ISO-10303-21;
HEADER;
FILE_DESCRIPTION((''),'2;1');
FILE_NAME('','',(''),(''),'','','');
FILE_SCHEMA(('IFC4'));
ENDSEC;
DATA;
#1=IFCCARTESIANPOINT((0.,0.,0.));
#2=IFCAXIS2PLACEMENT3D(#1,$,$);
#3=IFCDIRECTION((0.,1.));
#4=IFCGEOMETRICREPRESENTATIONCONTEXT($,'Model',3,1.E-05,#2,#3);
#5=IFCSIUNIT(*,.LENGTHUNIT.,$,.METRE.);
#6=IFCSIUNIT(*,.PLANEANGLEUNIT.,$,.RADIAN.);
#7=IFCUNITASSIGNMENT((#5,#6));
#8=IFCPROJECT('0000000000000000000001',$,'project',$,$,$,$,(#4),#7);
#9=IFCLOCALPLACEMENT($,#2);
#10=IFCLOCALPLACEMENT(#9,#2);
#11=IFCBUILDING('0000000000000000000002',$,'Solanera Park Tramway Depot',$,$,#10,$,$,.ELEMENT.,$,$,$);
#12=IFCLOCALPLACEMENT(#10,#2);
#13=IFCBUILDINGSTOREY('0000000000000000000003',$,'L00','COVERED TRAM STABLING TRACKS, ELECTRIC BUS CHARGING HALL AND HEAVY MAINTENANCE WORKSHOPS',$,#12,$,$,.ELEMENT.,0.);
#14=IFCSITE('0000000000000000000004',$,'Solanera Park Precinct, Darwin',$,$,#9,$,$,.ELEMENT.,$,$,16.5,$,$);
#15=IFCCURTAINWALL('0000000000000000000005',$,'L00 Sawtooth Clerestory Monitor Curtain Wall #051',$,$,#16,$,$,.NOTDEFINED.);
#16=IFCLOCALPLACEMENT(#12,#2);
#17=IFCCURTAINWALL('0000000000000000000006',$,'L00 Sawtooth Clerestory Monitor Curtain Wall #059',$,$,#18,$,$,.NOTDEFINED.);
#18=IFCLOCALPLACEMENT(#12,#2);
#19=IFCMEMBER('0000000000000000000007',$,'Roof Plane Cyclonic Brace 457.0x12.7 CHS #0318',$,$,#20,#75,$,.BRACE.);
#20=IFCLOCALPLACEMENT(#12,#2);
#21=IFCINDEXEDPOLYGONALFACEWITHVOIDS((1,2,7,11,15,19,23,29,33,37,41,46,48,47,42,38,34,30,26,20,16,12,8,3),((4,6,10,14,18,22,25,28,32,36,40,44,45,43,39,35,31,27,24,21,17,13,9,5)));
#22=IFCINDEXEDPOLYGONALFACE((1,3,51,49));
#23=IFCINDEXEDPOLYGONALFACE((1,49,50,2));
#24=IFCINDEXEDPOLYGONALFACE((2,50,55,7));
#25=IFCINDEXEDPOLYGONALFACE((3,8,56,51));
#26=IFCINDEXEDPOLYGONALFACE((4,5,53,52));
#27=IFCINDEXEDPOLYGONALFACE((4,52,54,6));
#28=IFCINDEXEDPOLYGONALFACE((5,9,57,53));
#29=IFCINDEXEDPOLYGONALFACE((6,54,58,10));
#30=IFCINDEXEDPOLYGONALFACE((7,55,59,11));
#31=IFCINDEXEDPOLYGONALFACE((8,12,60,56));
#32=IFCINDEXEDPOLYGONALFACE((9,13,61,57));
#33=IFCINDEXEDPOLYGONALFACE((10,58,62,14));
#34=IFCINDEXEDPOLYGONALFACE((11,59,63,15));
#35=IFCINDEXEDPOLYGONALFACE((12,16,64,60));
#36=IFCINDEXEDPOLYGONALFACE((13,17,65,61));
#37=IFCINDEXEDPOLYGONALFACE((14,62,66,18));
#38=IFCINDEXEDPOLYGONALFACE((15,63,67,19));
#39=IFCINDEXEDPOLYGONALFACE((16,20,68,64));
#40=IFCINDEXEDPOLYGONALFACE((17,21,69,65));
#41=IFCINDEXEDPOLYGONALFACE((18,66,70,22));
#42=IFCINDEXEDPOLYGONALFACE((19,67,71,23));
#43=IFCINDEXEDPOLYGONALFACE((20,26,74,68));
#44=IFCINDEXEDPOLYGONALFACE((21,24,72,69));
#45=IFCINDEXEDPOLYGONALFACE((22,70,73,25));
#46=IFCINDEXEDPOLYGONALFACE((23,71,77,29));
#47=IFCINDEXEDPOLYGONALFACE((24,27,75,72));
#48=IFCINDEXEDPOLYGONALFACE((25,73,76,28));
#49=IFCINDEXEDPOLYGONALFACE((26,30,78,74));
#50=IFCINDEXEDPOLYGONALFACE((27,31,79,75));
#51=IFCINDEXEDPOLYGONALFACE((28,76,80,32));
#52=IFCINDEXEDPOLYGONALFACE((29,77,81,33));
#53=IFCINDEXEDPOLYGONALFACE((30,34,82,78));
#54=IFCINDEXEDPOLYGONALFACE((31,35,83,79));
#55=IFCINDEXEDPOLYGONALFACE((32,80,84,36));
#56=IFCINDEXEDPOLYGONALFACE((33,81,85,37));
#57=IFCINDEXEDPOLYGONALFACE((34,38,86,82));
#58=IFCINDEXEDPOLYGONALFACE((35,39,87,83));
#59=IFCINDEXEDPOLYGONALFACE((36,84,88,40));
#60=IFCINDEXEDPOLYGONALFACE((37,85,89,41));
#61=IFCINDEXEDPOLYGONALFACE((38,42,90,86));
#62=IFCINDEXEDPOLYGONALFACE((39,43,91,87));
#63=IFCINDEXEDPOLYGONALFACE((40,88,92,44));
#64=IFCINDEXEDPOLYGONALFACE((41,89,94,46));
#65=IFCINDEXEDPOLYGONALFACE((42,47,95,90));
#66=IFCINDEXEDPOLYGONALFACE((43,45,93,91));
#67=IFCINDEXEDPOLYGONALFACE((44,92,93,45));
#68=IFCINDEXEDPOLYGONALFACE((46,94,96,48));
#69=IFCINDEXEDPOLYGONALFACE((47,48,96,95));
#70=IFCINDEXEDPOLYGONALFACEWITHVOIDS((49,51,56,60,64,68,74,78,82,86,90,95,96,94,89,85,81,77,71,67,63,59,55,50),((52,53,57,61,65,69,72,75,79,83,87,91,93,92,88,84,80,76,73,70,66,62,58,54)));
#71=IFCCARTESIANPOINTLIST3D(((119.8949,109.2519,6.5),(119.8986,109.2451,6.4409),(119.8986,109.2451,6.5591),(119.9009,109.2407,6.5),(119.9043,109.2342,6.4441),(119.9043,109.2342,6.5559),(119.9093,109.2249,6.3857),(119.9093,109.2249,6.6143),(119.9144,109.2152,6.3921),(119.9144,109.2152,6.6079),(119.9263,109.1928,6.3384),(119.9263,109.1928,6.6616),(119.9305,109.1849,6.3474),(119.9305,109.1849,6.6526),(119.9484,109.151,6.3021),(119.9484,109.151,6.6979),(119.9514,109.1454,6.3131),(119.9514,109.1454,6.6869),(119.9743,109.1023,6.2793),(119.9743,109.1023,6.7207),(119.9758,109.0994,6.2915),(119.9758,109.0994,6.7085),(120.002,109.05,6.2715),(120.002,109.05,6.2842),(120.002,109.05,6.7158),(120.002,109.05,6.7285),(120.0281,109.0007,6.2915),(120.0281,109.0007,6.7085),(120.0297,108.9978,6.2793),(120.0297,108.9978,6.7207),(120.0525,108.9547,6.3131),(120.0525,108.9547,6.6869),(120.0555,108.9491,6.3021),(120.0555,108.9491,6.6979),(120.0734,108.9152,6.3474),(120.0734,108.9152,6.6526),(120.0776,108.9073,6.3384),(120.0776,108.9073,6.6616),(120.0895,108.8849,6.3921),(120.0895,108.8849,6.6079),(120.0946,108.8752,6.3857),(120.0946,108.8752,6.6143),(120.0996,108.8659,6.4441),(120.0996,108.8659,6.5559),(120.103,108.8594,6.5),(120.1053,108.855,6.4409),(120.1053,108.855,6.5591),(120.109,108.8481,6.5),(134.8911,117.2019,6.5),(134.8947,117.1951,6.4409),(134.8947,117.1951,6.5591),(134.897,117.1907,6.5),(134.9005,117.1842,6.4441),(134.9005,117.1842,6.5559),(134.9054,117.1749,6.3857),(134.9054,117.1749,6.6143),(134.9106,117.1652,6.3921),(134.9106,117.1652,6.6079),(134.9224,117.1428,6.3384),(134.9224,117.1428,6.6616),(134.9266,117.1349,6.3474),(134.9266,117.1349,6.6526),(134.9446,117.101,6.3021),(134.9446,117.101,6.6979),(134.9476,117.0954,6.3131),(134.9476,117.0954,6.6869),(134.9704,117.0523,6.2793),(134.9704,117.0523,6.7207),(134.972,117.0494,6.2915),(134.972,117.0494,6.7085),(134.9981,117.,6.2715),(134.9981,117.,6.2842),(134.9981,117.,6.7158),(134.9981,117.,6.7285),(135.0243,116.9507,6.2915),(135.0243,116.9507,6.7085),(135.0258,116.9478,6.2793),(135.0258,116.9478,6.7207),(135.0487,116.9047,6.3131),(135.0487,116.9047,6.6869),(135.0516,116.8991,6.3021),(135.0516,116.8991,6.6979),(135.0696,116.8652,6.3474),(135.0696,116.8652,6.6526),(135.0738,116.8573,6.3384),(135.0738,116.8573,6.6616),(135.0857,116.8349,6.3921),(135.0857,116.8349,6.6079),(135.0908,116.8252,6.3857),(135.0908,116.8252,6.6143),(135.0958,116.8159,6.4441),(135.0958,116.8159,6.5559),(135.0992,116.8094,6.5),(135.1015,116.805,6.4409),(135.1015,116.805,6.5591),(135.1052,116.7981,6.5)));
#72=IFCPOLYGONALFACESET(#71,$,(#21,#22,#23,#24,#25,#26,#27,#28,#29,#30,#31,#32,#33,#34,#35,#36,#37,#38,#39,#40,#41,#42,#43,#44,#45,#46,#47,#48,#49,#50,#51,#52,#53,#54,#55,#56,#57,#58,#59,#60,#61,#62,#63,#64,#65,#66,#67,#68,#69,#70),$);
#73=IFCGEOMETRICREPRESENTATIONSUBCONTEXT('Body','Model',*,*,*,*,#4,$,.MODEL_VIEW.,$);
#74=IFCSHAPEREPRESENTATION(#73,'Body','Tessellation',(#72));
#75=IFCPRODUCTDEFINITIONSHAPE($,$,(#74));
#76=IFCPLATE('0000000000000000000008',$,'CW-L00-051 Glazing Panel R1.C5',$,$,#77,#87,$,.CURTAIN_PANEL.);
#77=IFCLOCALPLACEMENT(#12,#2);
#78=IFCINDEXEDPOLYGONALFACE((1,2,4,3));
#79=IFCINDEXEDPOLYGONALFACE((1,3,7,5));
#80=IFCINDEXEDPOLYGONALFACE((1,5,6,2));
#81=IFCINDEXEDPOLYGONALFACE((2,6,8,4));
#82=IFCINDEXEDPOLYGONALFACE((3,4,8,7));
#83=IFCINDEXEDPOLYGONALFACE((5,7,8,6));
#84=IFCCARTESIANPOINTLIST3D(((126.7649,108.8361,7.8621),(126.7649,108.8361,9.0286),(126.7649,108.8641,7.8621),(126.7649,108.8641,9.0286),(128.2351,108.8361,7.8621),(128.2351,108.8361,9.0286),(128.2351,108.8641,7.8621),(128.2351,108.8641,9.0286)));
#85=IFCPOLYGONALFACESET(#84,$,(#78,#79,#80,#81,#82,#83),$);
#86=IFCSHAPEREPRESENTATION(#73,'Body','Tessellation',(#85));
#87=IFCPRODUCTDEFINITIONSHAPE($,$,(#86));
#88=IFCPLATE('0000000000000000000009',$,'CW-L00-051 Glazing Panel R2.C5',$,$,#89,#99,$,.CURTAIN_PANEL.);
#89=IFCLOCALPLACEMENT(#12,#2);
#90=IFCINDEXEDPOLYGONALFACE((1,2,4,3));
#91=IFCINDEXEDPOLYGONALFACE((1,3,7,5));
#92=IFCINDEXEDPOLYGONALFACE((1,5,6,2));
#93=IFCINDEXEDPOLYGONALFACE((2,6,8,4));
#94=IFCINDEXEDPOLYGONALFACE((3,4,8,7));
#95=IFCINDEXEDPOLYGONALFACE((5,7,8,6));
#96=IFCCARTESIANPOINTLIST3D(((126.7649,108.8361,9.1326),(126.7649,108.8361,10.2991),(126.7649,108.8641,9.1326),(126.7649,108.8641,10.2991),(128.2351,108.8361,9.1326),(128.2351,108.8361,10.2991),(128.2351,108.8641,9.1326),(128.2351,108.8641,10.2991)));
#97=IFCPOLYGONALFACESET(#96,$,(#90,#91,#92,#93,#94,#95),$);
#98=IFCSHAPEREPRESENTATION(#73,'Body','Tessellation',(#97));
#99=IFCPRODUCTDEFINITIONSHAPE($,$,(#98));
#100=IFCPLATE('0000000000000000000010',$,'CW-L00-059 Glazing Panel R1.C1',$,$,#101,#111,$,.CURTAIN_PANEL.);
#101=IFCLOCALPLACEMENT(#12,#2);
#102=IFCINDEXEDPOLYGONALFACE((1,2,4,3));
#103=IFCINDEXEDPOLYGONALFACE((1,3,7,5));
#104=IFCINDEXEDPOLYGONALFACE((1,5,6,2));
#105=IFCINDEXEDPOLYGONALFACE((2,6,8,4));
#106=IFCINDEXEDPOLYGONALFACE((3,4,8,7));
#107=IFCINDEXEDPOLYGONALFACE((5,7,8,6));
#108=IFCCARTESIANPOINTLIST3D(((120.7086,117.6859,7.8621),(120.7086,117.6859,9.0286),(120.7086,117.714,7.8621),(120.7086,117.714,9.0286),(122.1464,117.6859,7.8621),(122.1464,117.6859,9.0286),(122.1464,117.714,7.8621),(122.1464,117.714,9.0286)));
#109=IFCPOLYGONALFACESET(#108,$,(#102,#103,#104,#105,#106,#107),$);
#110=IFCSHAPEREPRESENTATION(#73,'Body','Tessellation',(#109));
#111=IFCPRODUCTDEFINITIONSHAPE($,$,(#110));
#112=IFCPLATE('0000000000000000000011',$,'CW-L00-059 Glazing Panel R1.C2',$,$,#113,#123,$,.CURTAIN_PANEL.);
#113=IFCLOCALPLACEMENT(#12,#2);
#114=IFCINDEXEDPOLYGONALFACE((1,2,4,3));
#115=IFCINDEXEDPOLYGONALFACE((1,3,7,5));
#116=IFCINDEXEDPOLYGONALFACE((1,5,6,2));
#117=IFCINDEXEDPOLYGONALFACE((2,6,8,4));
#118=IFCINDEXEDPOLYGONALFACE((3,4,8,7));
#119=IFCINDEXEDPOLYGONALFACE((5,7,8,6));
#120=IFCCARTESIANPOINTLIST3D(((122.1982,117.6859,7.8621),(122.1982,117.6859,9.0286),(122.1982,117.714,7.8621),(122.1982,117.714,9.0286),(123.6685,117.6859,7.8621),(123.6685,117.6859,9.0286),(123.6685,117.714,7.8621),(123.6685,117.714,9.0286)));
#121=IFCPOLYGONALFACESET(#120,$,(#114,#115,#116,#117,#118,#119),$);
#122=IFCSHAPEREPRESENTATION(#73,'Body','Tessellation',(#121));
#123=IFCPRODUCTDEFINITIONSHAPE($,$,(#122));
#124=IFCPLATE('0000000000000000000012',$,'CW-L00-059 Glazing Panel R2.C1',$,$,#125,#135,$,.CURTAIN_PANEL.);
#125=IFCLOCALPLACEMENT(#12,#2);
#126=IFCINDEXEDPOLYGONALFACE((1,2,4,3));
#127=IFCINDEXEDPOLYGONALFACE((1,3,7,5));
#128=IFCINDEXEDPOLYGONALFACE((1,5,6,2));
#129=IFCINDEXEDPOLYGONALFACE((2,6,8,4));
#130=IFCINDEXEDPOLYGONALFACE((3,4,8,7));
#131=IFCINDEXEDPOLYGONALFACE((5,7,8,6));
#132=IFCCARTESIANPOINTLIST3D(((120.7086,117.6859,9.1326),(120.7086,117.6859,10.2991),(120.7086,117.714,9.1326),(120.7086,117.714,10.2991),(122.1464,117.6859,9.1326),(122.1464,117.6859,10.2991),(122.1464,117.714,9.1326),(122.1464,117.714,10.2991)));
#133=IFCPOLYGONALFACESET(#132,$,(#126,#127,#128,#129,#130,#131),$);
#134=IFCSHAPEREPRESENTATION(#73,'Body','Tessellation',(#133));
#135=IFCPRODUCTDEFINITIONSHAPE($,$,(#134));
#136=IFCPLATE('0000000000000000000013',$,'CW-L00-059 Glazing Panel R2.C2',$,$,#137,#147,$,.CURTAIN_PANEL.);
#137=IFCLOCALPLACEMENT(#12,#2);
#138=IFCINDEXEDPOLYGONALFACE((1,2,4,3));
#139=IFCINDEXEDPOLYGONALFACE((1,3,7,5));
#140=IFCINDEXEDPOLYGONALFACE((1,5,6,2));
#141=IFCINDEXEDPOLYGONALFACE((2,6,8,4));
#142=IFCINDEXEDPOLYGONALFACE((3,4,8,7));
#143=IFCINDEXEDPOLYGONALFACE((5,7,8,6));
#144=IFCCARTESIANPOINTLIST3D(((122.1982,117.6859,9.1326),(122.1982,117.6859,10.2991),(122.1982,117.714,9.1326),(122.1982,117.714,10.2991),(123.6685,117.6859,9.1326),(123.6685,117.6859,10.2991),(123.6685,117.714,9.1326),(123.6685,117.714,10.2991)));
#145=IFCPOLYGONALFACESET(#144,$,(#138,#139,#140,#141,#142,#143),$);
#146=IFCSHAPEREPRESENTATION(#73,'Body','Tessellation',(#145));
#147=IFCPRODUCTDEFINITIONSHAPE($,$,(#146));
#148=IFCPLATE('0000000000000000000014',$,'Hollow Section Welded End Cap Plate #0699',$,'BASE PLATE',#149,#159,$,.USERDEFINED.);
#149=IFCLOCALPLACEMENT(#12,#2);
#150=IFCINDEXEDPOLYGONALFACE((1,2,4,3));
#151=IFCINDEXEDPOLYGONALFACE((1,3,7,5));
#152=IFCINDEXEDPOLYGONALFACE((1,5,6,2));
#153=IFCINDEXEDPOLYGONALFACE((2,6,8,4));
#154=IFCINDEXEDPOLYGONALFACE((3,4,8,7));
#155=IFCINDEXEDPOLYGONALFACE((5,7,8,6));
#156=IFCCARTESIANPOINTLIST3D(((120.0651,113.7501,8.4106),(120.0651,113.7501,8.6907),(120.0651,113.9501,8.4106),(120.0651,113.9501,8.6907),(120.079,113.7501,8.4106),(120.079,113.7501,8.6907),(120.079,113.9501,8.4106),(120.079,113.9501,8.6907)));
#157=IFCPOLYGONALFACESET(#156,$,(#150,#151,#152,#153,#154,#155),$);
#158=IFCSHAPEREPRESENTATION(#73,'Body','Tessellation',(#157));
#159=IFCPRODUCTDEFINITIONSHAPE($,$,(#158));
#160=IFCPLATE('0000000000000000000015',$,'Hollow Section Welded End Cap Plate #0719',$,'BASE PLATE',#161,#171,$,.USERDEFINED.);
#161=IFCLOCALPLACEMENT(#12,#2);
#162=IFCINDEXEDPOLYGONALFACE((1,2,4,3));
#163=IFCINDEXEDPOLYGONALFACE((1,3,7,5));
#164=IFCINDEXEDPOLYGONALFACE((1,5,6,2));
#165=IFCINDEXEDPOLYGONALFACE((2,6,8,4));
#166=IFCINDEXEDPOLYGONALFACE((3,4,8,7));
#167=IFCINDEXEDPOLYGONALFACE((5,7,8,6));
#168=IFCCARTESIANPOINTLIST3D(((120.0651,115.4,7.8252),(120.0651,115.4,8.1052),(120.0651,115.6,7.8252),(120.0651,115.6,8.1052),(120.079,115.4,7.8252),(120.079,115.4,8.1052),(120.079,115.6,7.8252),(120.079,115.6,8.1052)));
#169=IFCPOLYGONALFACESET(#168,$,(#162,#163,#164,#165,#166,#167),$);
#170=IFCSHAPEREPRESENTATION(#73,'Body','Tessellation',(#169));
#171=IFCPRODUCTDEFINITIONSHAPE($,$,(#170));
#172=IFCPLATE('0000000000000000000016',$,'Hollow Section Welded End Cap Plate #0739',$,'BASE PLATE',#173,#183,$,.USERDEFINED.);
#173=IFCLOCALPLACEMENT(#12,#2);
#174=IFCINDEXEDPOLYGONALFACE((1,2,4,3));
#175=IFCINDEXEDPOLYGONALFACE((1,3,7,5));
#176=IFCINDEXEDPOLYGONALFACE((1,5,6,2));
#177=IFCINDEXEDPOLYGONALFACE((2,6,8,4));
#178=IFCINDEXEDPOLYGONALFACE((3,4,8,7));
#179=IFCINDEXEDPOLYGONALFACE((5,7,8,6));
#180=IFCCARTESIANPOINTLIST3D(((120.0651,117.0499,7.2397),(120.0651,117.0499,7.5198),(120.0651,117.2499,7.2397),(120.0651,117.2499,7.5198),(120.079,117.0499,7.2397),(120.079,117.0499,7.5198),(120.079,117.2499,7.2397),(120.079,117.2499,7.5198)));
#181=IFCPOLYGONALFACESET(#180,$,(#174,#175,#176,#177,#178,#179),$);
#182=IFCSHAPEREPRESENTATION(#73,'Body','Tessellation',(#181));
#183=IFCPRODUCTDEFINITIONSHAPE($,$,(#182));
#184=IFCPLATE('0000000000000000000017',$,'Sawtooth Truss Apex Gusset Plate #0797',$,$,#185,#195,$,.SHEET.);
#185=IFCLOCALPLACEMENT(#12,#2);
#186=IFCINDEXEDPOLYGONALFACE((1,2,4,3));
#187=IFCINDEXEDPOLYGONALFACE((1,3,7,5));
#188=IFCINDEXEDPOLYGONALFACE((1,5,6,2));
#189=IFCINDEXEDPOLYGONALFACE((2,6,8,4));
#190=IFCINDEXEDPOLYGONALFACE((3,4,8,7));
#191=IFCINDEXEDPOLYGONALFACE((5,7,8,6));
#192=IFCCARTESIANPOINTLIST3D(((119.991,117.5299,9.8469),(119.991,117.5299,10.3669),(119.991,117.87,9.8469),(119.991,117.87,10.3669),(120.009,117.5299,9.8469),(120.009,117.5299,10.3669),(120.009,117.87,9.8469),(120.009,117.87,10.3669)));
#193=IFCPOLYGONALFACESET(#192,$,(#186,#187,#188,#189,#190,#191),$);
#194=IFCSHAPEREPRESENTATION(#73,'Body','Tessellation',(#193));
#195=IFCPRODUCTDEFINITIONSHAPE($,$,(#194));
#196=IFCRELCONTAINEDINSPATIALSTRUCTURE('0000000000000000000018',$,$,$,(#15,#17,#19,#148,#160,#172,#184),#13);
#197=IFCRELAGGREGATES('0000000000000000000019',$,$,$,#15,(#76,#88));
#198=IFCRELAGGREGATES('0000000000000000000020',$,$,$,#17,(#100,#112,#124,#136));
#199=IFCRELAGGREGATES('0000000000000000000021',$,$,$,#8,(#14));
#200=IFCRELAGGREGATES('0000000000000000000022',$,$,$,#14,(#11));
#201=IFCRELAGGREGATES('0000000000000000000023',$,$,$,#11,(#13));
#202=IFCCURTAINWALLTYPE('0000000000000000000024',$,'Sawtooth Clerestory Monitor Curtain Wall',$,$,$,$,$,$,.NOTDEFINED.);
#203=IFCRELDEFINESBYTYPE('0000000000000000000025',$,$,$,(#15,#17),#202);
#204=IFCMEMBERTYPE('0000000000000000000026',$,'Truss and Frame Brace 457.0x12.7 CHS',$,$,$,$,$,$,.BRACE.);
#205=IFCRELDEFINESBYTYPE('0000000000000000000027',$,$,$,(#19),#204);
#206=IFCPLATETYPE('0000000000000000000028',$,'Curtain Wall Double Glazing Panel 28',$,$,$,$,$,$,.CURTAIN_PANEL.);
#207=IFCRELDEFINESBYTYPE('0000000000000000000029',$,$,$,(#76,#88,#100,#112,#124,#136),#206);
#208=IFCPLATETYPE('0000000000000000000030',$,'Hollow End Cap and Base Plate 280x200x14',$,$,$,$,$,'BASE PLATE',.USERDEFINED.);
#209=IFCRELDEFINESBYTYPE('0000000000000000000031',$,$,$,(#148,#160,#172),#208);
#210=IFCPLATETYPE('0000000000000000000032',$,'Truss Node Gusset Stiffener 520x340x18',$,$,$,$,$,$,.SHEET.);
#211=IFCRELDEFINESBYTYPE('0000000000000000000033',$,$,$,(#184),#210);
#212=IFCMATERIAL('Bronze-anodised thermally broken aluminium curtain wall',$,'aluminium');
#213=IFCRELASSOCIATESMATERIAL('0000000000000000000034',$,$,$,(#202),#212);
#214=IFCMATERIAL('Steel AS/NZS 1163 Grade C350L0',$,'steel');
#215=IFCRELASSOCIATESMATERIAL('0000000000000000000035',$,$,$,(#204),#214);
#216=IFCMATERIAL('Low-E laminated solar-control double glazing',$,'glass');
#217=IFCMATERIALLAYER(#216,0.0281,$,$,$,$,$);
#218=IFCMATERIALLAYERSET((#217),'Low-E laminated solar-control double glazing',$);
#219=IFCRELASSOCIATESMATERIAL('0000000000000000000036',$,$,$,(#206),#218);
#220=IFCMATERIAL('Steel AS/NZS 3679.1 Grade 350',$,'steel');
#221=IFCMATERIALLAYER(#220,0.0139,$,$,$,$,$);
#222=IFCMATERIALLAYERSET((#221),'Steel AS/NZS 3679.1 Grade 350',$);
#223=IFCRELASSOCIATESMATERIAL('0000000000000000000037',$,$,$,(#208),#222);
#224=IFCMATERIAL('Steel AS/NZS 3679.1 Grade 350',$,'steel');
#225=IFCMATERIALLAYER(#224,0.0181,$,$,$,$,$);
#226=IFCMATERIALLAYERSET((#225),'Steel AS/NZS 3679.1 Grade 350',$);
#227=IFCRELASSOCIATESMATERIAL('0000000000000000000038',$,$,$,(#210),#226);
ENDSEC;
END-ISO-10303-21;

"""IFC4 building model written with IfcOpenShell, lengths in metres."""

from ifc_helpers import new_model, si_unit, direction, frame, origin, origin_2d, place, context, subcontext, project, spatial, rectangle, hollow_circle, extrude, material, layer, layer_set, material_profile, profile_set, type_object, element, aggregate, save


model = new_model("IFC4")

# Units and contexts
model_context = context("Model", 3, precision=1e-05, world=origin(), true_north=direction((0.0, 1.0)))
body_context = subcontext(model_context, "Body", "Model", "MODEL_VIEW")
ifc_project = project(units=[si_unit("LENGTHUNIT", "METRE"), si_unit("PLANEANGLEUNIT", "RADIAN")], contexts=[model_context])

# Site, building, storey
site_placement = place(None, origin())
site = spatial("IfcSite", under=ifc_project, at=site_placement, Name="Solanera Park Precinct, Darwin", CompositionType="ELEMENT", RefElevation=16.5)
building_placement = place(site_placement, origin())
building = spatial("IfcBuilding", under=site, at=building_placement, Name="Solanera Park Tramway Depot", CompositionType="ELEMENT")
storey_placement = place(building_placement, origin())
storey = spatial("IfcBuildingStorey", under=building, at=storey_placement, Name="L00", Description="COVERED TRAM STABLING TRACKS, ELECTRIC BUS CHARGING HALL AND HEAVY MAINTENANCE WORKSHOPS", CompositionType="ELEMENT", Elevation=0.0)

# Curtain wall
ifc_material_1 = material(Name="Bronze-anodised thermally broken aluminium curtain wall", Category="aluminium")
curtain_wall_type = type_object("IfcCurtainWallType", Name="Sawtooth Clerestory Monitor Curtain Wall", PredefinedType="NOTDEFINED", material=ifc_material_1)
curtain_wall_1_placement = place(storey_placement, origin())
curtain_wall_1 = element("IfcCurtainWall", 1, at=curtain_wall_1_placement, inside=storey, type_object=curtain_wall_type, Name="L00 Sawtooth Clerestory Monitor Curtain Wall #051", PredefinedType="NOTDEFINED")

# Curtain wall
curtain_wall_2_placement = place(storey_placement, origin())
curtain_wall_2 = element("IfcCurtainWall", 2, at=curtain_wall_2_placement, inside=storey, type_object=curtain_wall_type, Name="L00 Sawtooth Clerestory Monitor Curtain Wall #059", PredefinedType="NOTDEFINED")

# Member
ifc_material_2 = material(Name="Steel AS/NZS 1163 Grade C350L0", Category="steel")
ifc_material_profile_1 = material_profile(ifc_material_2, hollow_circle(Radius=0.2285, WallThickness=0.0127, at=origin_2d()), Name="457.0x12.7 CHS")
ifc_profile_set_1 = profile_set([ifc_material_profile_1], Name="Steel AS/NZS 1163 Grade C350L0")
member_type_1 = type_object("IfcMemberType", Name="Truss and Frame Brace 457.0x12.7 CHS", PredefinedType="BRACE", material=ifc_profile_set_1)
member_1_placement = place(storey_placement, frame((120.002, 109.05, 6.5), z_axis=(0.883524, 0.468387, 0.0), x_axis=(-0.468387, 0.883524, 0.0)))
element("IfcMember", 3, at=member_1_placement, inside=storey, type_object=member_type_1, Name="Roof Plane Cyclonic Brace 457.0x12.7 CHS #0318", PredefinedType="BRACE", context=body_context, shape_type="SweptSolid", body=[
    extrude(hollow_circle(Radius=0.2285, WallThickness=0.0127, at=origin_2d()), origin(), (0.0, 0.0, 1.0), 16.9731),
])

# Plates
ifc_material_3 = material(Name="Low-E laminated solar-control double glazing", Category="glass")
ifc_layer_1 = layer(ifc_material_3, 0.0281)
ifc_layer_set_1 = layer_set([ifc_layer_1], Name="Low-E laminated solar-control double glazing")
plate_type_1 = type_object("IfcPlateType", Name="Curtain Wall Double Glazing Panel 28", PredefinedType="CURTAIN_PANEL", material=ifc_layer_set_1)
plate_1_placement = place(storey_placement, frame((127.5, 108.8501, 7.8621), z_axis=(0.0, 0.0, 1.0), x_axis=(1.0, 0.0, 0.0)))
plate_1 = element("IfcPlate", 4, at=plate_1_placement, type_object=plate_type_1, Name="CW-L00-051 Glazing Panel R1.C5", PredefinedType="CURTAIN_PANEL", context=body_context, shape_type="SweptSolid", body=[
    extrude(rectangle(XDim=1.4702, YDim=0.0281, at=origin_2d()), origin(), (0.0, 0.0, 1.0), 1.1665),
])
plate_2_placement = place(storey_placement, frame((127.5, 108.8501, 9.1326), z_axis=(0.0, 0.0, 1.0), x_axis=(1.0, 0.0, 0.0)))
plate_2 = element("IfcPlate", 5, at=plate_2_placement, type_object=plate_type_1, Name="CW-L00-051 Glazing Panel R2.C5", PredefinedType="CURTAIN_PANEL", context=body_context, shape_type="SweptSolid", body=[
    extrude(rectangle(XDim=1.4702, YDim=0.0281, at=origin_2d()), origin(), (0.0, 0.0, 1.0), 1.1665),
])
aggregate(curtain_wall_1, [plate_1, plate_2])
plate_3_placement = place(storey_placement, frame((121.4275, 117.7, 7.8621), z_axis=(0.0, 0.0, 1.0), x_axis=(1.0, 0.0, 0.0)))
plate_3 = element("IfcPlate", 6, at=plate_3_placement, type_object=plate_type_1, Name="CW-L00-059 Glazing Panel R1.C1", PredefinedType="CURTAIN_PANEL", context=body_context, shape_type="SweptSolid", body=[
    extrude(rectangle(XDim=1.4377, YDim=0.0281, at=origin_2d()), origin(), (0.0, 0.0, 1.0), 1.1665),
])
plate_4_placement = place(storey_placement, frame((122.9333, 117.7, 7.8621), z_axis=(0.0, 0.0, 1.0), x_axis=(1.0, 0.0, 0.0)))
plate_4 = element("IfcPlate", 7, at=plate_4_placement, type_object=plate_type_1, Name="CW-L00-059 Glazing Panel R1.C2", PredefinedType="CURTAIN_PANEL", context=body_context, shape_type="SweptSolid", body=[
    extrude(rectangle(XDim=1.4702, YDim=0.0281, at=origin_2d()), origin(), (0.0, 0.0, 1.0), 1.1665),
])
plate_5_placement = place(storey_placement, frame((121.4275, 117.7, 9.1326), z_axis=(0.0, 0.0, 1.0), x_axis=(1.0, 0.0, 0.0)))
plate_5 = element("IfcPlate", 8, at=plate_5_placement, type_object=plate_type_1, Name="CW-L00-059 Glazing Panel R2.C1", PredefinedType="CURTAIN_PANEL", context=body_context, shape_type="SweptSolid", body=[
    extrude(rectangle(XDim=1.4377, YDim=0.0281, at=origin_2d()), origin(), (0.0, 0.0, 1.0), 1.1665),
])
plate_6_placement = place(storey_placement, frame((122.9333, 117.7, 9.1326), z_axis=(0.0, 0.0, 1.0), x_axis=(1.0, 0.0, 0.0)))
plate_6 = element("IfcPlate", 9, at=plate_6_placement, type_object=plate_type_1, Name="CW-L00-059 Glazing Panel R2.C2", PredefinedType="CURTAIN_PANEL", context=body_context, shape_type="SweptSolid", body=[
    extrude(rectangle(XDim=1.4702, YDim=0.0281, at=origin_2d()), origin(), (0.0, 0.0, 1.0), 1.1665),
])
aggregate(curtain_wall_2, [plate_3, plate_4, plate_5, plate_6])

# Plates
ifc_material_4 = material(Name="Steel AS/NZS 3679.1 Grade 350", Category="steel")
ifc_layer_2 = layer(ifc_material_4, 0.0139)
ifc_layer_set_2 = layer_set([ifc_layer_2], Name="Steel AS/NZS 3679.1 Grade 350")
plate_type_2 = type_object("IfcPlateType", Name="Hollow End Cap and Base Plate 280x200x14", ElementType="BASE PLATE", PredefinedType="USERDEFINED", material=ifc_layer_set_2)
for number, where, z_axis, x_axis, name in (
    (10, (120.072, 113.8501, 8.4106), (0.0, 0.0, 1.0), (1.0, 0.0, 0.0), "Hollow Section Welded End Cap Plate #0699"),
    (11, (120.072, 115.5, 7.8252), (0.0, 0.0, 1.0), (1.0, 0.0, 0.0), "Hollow Section Welded End Cap Plate #0719"),
    (12, (120.072, 117.1499, 7.2397), (0.0, 0.0, 1.0), (1.0, 0.0, 0.0), "Hollow Section Welded End Cap Plate #0739"),
):
    element("IfcPlate", number, at=place(storey_placement, frame(where, z_axis=z_axis, x_axis=x_axis)), inside=storey, type_object=plate_type_2, Name=name, ObjectType="BASE PLATE", PredefinedType="USERDEFINED", context=body_context, shape_type="SweptSolid", body=[
        extrude(rectangle(XDim=0.0139, YDim=0.2, at=origin_2d()), origin(), (0.0, 0.0, 1.0), 0.28),
    ])
ifc_material_5 = material(Name="Steel AS/NZS 3679.1 Grade 350", Category="steel")
ifc_layer_3 = layer(ifc_material_5, 0.0181)
ifc_layer_set_3 = layer_set([ifc_layer_3], Name="Steel AS/NZS 3679.1 Grade 350")
plate_type_3 = type_object("IfcPlateType", Name="Truss Node Gusset Stiffener 520x340x18", PredefinedType="SHEET", material=ifc_layer_set_3)
plate_7_placement = place(storey_placement, frame((120.0, 117.7, 9.8469), z_axis=(0.0, 0.0, 1.0), x_axis=(1.0, 0.0, 0.0)))
element("IfcPlate", 13, at=plate_7_placement, inside=storey, type_object=plate_type_3, Name="Sawtooth Truss Apex Gusset Plate #0797", PredefinedType="SHEET", context=body_context, shape_type="SweptSolid", body=[
    extrude(rectangle(XDim=0.0181, YDim=0.3401, at=origin_2d()), origin(), (0.0, 0.0, 1.0), 0.52),
])

save(model, "model.ifc")
